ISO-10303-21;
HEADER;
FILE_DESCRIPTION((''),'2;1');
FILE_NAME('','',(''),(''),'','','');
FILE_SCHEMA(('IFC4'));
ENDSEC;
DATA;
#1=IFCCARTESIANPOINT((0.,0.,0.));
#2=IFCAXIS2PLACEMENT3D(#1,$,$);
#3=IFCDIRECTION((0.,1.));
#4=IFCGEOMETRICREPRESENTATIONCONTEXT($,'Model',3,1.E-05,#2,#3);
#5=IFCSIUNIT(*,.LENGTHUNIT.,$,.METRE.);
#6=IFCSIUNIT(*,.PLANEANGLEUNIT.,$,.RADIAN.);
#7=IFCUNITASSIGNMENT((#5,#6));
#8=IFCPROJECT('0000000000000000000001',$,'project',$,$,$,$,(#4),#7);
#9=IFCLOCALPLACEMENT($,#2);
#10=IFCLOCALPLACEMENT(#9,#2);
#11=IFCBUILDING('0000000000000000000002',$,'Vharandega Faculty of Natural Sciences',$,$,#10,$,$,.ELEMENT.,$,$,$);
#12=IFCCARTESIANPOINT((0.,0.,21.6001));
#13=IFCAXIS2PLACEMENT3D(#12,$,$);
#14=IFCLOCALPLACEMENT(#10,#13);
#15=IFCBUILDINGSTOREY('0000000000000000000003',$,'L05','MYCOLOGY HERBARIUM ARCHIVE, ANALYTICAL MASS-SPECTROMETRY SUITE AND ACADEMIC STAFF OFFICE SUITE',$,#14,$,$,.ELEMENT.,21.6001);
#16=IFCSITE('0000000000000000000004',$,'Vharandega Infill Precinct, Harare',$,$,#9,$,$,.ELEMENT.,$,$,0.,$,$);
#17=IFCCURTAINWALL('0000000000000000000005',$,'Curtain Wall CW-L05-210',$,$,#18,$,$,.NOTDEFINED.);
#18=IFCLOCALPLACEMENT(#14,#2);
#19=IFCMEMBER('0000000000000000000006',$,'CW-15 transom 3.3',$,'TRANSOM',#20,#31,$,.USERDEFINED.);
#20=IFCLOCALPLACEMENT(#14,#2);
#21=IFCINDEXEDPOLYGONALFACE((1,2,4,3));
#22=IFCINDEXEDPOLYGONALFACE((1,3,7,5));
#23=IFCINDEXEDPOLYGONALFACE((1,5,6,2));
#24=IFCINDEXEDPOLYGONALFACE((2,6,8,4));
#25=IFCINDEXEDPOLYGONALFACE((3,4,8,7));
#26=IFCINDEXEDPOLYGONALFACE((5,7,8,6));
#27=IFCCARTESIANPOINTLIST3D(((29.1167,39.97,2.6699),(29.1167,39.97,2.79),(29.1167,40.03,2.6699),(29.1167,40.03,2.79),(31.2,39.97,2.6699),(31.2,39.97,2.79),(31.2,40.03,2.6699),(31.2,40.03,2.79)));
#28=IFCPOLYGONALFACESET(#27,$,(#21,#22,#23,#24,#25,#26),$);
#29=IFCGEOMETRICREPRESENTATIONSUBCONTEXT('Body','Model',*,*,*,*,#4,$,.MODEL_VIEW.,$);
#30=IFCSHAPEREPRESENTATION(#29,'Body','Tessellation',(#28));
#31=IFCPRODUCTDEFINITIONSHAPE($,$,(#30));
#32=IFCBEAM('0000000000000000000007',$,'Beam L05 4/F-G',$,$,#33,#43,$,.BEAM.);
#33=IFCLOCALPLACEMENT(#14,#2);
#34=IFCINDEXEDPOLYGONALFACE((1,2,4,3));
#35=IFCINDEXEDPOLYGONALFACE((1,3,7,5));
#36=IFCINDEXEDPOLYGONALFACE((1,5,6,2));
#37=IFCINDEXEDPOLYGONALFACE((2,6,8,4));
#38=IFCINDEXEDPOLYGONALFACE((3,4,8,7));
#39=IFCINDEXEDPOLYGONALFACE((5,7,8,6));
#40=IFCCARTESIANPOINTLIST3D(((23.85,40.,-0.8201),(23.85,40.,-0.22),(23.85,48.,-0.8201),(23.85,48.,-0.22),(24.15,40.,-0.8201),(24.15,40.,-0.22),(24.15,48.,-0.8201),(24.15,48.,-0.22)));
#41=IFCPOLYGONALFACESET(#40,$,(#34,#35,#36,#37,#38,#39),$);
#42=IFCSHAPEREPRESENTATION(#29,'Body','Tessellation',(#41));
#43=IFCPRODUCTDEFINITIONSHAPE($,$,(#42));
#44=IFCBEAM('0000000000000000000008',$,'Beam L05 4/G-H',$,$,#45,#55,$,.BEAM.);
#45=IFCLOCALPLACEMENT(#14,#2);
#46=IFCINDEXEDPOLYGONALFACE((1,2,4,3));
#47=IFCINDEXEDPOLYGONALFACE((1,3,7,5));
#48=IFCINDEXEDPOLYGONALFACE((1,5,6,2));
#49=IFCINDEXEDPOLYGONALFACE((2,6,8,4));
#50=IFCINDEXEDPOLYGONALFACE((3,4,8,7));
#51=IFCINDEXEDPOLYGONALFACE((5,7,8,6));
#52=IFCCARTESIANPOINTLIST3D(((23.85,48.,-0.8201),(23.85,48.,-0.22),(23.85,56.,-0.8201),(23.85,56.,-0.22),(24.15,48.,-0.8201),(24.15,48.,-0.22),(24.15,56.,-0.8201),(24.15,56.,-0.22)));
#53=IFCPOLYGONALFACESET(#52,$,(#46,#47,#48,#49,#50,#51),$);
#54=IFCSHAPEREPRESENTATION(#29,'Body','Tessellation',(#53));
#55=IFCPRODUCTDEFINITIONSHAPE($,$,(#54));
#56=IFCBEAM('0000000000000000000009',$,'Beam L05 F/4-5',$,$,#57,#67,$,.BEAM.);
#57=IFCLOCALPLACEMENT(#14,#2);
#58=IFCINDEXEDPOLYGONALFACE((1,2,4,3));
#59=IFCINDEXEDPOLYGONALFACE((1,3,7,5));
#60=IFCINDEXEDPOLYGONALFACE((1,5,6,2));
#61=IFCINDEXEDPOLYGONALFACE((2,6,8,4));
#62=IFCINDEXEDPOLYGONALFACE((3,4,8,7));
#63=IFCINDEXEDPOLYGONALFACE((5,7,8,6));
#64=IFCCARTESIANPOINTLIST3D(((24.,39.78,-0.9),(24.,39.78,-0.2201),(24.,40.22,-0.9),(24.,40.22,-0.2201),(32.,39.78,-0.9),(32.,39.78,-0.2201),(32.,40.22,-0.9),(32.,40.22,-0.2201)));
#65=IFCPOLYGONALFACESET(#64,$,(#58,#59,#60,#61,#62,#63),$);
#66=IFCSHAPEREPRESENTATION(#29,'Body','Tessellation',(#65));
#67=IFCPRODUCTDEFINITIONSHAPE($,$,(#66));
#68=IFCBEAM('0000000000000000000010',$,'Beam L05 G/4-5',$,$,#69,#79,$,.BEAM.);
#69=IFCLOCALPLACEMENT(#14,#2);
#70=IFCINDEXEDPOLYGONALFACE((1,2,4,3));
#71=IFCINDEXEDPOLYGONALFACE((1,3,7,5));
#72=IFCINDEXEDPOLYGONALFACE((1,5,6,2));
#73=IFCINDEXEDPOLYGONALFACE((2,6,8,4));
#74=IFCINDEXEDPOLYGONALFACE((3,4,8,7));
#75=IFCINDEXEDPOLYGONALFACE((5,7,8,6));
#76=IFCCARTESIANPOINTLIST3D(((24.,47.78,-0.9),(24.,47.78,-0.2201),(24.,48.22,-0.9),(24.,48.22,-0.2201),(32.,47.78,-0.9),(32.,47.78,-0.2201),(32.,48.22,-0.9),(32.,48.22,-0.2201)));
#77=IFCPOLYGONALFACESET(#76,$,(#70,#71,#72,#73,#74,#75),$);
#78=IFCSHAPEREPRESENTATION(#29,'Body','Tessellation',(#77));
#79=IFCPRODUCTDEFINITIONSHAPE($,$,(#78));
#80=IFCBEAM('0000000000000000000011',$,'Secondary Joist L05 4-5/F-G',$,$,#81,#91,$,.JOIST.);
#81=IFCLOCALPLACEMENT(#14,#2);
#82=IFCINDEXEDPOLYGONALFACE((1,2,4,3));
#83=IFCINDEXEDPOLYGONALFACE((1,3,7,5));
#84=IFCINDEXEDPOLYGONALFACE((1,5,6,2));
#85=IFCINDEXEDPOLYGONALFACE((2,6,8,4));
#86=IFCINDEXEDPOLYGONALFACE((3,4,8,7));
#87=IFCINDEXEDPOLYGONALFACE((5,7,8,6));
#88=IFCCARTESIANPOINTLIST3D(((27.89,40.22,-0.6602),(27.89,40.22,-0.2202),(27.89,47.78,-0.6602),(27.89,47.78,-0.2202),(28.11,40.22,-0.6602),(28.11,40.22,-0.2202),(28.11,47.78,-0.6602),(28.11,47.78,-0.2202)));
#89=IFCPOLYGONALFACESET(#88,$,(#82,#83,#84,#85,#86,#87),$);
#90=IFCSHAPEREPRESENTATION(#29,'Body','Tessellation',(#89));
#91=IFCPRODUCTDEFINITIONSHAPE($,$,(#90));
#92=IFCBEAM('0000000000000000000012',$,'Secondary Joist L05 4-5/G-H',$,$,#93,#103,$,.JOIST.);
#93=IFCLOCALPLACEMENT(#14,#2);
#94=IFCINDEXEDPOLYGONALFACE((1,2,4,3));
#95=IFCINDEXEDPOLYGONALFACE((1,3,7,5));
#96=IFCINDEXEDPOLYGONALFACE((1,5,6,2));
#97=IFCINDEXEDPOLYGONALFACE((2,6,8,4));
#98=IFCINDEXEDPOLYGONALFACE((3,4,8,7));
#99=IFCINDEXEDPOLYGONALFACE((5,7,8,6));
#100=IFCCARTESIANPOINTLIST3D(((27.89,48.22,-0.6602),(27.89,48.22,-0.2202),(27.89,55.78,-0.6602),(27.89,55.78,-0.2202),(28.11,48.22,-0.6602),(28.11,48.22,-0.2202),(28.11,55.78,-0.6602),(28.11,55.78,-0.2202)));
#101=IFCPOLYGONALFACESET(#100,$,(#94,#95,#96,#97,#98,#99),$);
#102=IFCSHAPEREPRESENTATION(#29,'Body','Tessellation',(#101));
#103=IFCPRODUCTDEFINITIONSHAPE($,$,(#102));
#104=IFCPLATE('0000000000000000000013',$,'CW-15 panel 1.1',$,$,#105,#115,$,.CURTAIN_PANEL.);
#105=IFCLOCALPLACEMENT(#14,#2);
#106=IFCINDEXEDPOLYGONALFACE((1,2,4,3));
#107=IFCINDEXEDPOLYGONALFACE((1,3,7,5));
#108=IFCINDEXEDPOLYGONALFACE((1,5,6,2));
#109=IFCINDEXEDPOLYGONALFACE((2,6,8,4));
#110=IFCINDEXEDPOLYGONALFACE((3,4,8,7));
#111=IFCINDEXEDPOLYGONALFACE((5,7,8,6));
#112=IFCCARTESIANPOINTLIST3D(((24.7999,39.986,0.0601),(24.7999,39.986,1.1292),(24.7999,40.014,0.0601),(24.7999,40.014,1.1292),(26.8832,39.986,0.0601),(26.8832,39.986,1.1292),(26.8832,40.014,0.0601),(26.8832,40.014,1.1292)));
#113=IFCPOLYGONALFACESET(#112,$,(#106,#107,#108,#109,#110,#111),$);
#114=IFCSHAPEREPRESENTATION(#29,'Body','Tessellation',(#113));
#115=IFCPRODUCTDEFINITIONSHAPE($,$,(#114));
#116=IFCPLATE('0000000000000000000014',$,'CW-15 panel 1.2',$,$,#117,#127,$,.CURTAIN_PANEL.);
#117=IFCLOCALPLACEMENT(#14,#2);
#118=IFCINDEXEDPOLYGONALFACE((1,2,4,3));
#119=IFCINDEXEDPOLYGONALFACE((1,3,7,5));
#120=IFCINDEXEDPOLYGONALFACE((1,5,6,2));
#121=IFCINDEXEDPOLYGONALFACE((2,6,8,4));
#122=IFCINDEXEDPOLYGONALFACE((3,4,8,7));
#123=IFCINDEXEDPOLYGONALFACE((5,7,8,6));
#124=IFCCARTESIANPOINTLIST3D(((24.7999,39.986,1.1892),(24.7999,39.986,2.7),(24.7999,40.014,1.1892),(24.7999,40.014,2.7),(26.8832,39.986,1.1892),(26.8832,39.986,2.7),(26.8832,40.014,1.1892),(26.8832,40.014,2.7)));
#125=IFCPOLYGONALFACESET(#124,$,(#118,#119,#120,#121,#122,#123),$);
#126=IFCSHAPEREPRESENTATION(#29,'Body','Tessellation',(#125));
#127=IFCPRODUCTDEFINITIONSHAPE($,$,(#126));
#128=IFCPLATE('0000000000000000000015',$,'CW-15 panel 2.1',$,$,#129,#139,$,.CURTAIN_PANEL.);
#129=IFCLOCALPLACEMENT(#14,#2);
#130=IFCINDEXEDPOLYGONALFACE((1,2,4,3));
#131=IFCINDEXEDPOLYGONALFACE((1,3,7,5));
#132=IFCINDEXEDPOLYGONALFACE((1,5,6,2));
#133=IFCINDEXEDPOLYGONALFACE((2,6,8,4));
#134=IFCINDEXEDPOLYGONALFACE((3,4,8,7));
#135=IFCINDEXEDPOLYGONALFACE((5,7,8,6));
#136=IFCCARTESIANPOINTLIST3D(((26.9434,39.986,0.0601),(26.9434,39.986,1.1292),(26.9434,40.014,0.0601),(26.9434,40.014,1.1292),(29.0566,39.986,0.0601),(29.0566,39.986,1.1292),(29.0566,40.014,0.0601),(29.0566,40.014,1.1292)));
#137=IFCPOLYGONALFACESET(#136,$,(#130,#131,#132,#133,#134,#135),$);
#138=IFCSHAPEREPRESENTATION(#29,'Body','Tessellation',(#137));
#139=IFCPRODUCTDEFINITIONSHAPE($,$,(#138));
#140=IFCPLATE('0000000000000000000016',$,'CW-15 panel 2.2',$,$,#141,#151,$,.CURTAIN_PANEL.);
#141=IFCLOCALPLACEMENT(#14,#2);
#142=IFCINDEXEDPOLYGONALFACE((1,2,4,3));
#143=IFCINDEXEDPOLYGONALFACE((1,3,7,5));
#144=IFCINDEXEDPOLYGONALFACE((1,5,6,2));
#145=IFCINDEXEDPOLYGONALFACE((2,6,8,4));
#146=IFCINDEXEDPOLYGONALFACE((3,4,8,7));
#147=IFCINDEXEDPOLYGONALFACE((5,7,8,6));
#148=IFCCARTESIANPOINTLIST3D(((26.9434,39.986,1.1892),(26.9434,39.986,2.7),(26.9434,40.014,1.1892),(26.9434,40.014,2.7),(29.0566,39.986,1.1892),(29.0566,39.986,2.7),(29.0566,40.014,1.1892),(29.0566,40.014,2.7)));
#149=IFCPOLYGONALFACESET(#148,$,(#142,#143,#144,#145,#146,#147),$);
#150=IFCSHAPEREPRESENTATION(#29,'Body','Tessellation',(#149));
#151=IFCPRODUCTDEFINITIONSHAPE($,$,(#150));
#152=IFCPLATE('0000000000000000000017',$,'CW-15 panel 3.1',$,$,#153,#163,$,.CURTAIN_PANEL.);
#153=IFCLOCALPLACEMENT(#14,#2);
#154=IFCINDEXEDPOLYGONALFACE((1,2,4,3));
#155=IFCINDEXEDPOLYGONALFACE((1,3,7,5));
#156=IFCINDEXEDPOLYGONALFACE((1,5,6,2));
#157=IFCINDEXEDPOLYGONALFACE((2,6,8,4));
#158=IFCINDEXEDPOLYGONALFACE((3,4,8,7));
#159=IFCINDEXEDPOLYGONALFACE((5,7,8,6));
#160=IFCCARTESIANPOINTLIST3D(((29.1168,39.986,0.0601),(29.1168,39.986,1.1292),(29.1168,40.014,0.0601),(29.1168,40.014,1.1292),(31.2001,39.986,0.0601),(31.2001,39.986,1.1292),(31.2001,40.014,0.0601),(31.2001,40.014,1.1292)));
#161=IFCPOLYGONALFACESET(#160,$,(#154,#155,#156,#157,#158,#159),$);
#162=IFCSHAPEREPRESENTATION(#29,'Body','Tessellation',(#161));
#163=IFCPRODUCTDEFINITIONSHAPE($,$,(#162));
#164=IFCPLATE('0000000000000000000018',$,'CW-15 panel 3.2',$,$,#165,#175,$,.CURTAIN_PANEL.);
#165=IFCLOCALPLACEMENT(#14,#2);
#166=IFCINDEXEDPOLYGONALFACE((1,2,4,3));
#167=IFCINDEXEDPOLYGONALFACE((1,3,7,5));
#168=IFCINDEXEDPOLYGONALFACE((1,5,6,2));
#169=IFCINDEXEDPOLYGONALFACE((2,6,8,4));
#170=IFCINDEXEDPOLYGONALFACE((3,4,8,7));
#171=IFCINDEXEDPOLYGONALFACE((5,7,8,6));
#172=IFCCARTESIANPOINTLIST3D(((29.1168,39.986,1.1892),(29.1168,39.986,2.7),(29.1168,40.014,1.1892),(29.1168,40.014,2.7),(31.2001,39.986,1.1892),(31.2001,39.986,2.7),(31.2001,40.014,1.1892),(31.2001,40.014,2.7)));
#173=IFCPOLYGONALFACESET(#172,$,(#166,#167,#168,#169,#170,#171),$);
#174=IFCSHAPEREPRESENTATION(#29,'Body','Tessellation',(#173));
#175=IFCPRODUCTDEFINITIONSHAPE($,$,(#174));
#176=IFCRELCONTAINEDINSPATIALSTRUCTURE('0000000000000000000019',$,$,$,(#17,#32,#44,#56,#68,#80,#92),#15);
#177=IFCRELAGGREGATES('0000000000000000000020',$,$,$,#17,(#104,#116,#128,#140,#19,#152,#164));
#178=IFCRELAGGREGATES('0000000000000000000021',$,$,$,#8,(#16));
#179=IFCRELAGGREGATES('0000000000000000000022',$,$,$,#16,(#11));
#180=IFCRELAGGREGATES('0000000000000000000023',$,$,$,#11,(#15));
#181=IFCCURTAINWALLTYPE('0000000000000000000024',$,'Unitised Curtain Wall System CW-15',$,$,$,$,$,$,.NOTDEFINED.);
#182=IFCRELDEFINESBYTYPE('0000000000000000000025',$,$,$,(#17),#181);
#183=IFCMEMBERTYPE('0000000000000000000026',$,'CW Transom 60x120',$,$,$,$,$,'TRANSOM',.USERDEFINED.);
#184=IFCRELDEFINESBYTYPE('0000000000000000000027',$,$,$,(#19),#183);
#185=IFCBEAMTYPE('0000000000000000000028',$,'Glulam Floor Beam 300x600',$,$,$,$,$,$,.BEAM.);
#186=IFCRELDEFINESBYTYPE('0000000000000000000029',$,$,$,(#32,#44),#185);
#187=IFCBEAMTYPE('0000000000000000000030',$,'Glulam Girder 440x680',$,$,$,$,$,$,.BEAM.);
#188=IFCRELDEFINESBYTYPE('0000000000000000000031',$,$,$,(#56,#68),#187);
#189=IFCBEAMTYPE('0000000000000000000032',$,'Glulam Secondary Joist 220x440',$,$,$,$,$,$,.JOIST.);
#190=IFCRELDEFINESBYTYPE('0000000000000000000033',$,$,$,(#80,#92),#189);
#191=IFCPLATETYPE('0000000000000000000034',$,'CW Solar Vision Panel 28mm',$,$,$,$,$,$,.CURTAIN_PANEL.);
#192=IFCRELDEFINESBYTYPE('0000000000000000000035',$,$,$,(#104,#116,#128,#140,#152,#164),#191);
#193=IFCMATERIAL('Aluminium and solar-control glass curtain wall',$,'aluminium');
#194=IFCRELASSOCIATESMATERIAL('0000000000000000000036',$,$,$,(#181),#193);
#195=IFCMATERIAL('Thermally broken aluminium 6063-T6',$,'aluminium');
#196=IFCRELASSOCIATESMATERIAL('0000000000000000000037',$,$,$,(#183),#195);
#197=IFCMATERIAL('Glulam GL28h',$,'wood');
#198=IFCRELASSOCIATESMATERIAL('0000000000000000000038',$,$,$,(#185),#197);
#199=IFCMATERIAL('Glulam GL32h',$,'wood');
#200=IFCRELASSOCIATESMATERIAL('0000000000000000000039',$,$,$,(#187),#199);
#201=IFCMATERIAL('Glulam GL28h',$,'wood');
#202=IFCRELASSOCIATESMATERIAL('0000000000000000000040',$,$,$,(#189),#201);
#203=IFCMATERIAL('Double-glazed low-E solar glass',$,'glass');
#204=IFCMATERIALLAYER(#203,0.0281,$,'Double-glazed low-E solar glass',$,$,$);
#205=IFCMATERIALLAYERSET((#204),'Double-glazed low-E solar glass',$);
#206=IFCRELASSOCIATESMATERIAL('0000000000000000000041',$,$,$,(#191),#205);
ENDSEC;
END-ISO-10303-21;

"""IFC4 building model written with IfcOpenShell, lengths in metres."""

from ifc_helpers import new_model, si_unit, direction, frame, origin, origin_2d, place, context, subcontext, project, spatial, rectangle, extrude, material, layer, layer_set, material_profile, profile_set, type_object, element, aggregate, save


model = new_model("IFC4")

# Units and contexts
model_context = context("Model", 3, precision=1e-05, world=origin(), true_north=direction((0.0, 1.0)))
body_context = subcontext(model_context, "Body", "Model", "MODEL_VIEW")
ifc_project = project(units=[si_unit("LENGTHUNIT", "METRE"), si_unit("PLANEANGLEUNIT", "RADIAN")], contexts=[model_context])

# Site, building, storey
site_placement = place(None, origin())
site = spatial("IfcSite", under=ifc_project, at=site_placement, Name="Vharandega Infill Precinct, Harare", CompositionType="ELEMENT", RefElevation=0.0)
building_placement = place(site_placement, origin())
building = spatial("IfcBuilding", under=site, at=building_placement, Name="Vharandega Faculty of Natural Sciences", CompositionType="ELEMENT")
storey_placement = place(building_placement, frame((0.0, 0.0, 21.6001)))
storey = spatial("IfcBuildingStorey", under=building, at=storey_placement, Name="L05", Description="MYCOLOGY HERBARIUM ARCHIVE, ANALYTICAL MASS-SPECTROMETRY SUITE AND ACADEMIC STAFF OFFICE SUITE", CompositionType="ELEMENT", Elevation=21.6001)

# Curtain wall, member
ifc_material_1 = material(Name="Aluminium and solar-control glass curtain wall", Category="aluminium")
curtain_wall_type = type_object("IfcCurtainWallType", Name="Unitised Curtain Wall System CW-15", PredefinedType="NOTDEFINED", material=ifc_material_1)
curtain_wall_placement = place(storey_placement, origin())
curtain_wall = element("IfcCurtainWall", 1, at=curtain_wall_placement, inside=storey, type_object=curtain_wall_type, Name="Curtain Wall CW-L05-210", PredefinedType="NOTDEFINED")
ifc_material_2 = material(Name="Thermally broken aluminium 6063-T6", Category="aluminium")
ifc_material_profile_1 = material_profile(ifc_material_2, rectangle(XDim=0.0601, YDim=0.1201, at=origin_2d()), Name="ALU 60x120")
ifc_profile_set_1 = profile_set([ifc_material_profile_1], Name="Thermally broken aluminium 6063-T6")
member_type_1 = type_object("IfcMemberType", Name="CW Transom 60x120", ElementType="TRANSOM", PredefinedType="USERDEFINED", material=ifc_profile_set_1)
member_1_placement = place(storey_placement, frame((29.1167, 40.0, 2.73), z_axis=(1.0, 0.0, 0.0), x_axis=(0.0, 1.0, 0.0)))
member_1 = element("IfcMember", 2, at=member_1_placement, type_object=member_type_1, Name="CW-15 transom 3.3", ObjectType="TRANSOM", PredefinedType="USERDEFINED", context=body_context, shape_type="SweptSolid", body=[
    extrude(rectangle(XDim=0.0601, YDim=0.1201, at=origin_2d()), origin(), (0.0, 0.0, 1.0), 2.0833),
])

# Beams
ifc_material_3 = material(Name="Glulam GL28h", Category="wood")
ifc_material_profile_2 = material_profile(ifc_material_3, rectangle(XDim=0.3, YDim=0.6001, at=origin_2d()), Name="GL28h 300x600")
ifc_profile_set_2 = profile_set([ifc_material_profile_2], Name="Glulam GL28h")
beam_type_1 = type_object("IfcBeamType", Name="Glulam Floor Beam 300x600", PredefinedType="BEAM", material=ifc_profile_set_2)
for number, where, z_axis, x_axis, name in (
    (3, (24.0, 40.0, -0.52), (0.0, 1.0, 0.0), (-1.0, 0.0, 0.0), "Beam L05 4/F-G"),
    (4, (24.0, 48.0, -0.52), (0.0, 1.0, 0.0), (-1.0, 0.0, 0.0), "Beam L05 4/G-H"),
):
    element("IfcBeam", number, at=place(storey_placement, frame(where, z_axis=z_axis, x_axis=x_axis)), inside=storey, type_object=beam_type_1, Name=name, PredefinedType="BEAM", context=body_context, shape_type="SweptSolid", body=[
        extrude(rectangle(XDim=0.3, YDim=0.6001, at=origin_2d()), origin(), (0.0, 0.0, 1.0), 8.0),
    ])
ifc_material_4 = material(Name="Glulam GL32h", Category="wood")
ifc_material_profile_3 = material_profile(ifc_material_4, rectangle(XDim=0.4399, YDim=0.6799, at=origin_2d()), Name="GL32h 440x680")
ifc_profile_set_3 = profile_set([ifc_material_profile_3], Name="Glulam GL32h")
beam_type_2 = type_object("IfcBeamType", Name="Glulam Girder 440x680", PredefinedType="BEAM", material=ifc_profile_set_3)
for number, where, z_axis, x_axis, name in (
    (5, (24.0, 40.0, -0.5601), (1.0, 0.0, 0.0), (0.0, 1.0, 0.0), "Beam L05 F/4-5"),
    (6, (24.0, 48.0, -0.5601), (1.0, 0.0, 0.0), (0.0, 1.0, 0.0), "Beam L05 G/4-5"),
):
    element("IfcBeam", number, at=place(storey_placement, frame(where, z_axis=z_axis, x_axis=x_axis)), inside=storey, type_object=beam_type_2, Name=name, PredefinedType="BEAM", context=body_context, shape_type="SweptSolid", body=[
        extrude(rectangle(XDim=0.4399, YDim=0.6799, at=origin_2d()), origin(), (0.0, 0.0, 1.0), 8.0),
    ])
ifc_material_5 = material(Name="Glulam GL28h", Category="wood")
ifc_material_profile_4 = material_profile(ifc_material_5, rectangle(XDim=0.22, YDim=0.4399, at=origin_2d()), Name="GL28h 220x440")
ifc_profile_set_4 = profile_set([ifc_material_profile_4], Name="Glulam GL28h")
beam_type_3 = type_object("IfcBeamType", Name="Glulam Secondary Joist 220x440", PredefinedType="JOIST", material=ifc_profile_set_4)
for number, where, z_axis, x_axis, name in (
    (7, (28.0, 40.22, -0.4402), (0.0, 1.0, 0.0), (-1.0, 0.0, 0.0), "Secondary Joist L05 4-5/F-G"),
    (8, (28.0, 48.22, -0.4402), (0.0, 1.0, 0.0), (-1.0, 0.0, 0.0), "Secondary Joist L05 4-5/G-H"),
):
    element("IfcBeam", number, at=place(storey_placement, frame(where, z_axis=z_axis, x_axis=x_axis)), inside=storey, type_object=beam_type_3, Name=name, PredefinedType="JOIST", context=body_context, shape_type="SweptSolid", body=[
        extrude(rectangle(XDim=0.22, YDim=0.4399, at=origin_2d()), origin(), (0.0, 0.0, 1.0), 7.5601),
    ])

# Plates
ifc_material_6 = material(Name="Double-glazed low-E solar glass", Category="glass")
ifc_layer = layer(ifc_material_6, 0.0281, Name="Double-glazed low-E solar glass")
ifc_layer_set = layer_set([ifc_layer], Name="Double-glazed low-E solar glass")
plate_type = type_object("IfcPlateType", Name="CW Solar Vision Panel 28mm", PredefinedType="CURTAIN_PANEL", material=ifc_layer_set)
plate_1_placement = place(storey_placement, frame((25.8416, 40.0, 0.0601), z_axis=(0.0, 0.0, 1.0), x_axis=(1.0, 0.0, 0.0)))
plate_1 = element("IfcPlate", 9, at=plate_1_placement, type_object=plate_type, Name="CW-15 panel 1.1", PredefinedType="CURTAIN_PANEL", context=body_context, shape_type="SweptSolid", body=[
    extrude(rectangle(XDim=2.0833, YDim=0.0281, at=origin_2d()), origin(), (0.0, 0.0, 1.0), 1.0691),
])
plate_2_placement = place(storey_placement, frame((25.8416, 40.0, 1.1892), z_axis=(0.0, 0.0, 1.0), x_axis=(1.0, 0.0, 0.0)))
plate_2 = element("IfcPlate", 10, at=plate_2_placement, type_object=plate_type, Name="CW-15 panel 1.2", PredefinedType="CURTAIN_PANEL", context=body_context, shape_type="SweptSolid", body=[
    extrude(rectangle(XDim=2.0833, YDim=0.0281, at=origin_2d()), origin(), (0.0, 0.0, 1.0), 1.5107),
])
plate_3_placement = place(storey_placement, frame((28.0, 40.0, 0.0601), z_axis=(0.0, 0.0, 1.0), x_axis=(1.0, 0.0, 0.0)))
plate_3 = element("IfcPlate", 11, at=plate_3_placement, type_object=plate_type, Name="CW-15 panel 2.1", PredefinedType="CURTAIN_PANEL", context=body_context, shape_type="SweptSolid", body=[
    extrude(rectangle(XDim=2.1133, YDim=0.0281, at=origin_2d()), origin(), (0.0, 0.0, 1.0), 1.0691),
])
plate_4_placement = place(storey_placement, frame((28.0, 40.0, 1.1892), z_axis=(0.0, 0.0, 1.0), x_axis=(1.0, 0.0, 0.0)))
plate_4 = element("IfcPlate", 12, at=plate_4_placement, type_object=plate_type, Name="CW-15 panel 2.2", PredefinedType="CURTAIN_PANEL", context=body_context, shape_type="SweptSolid", body=[
    extrude(rectangle(XDim=2.1133, YDim=0.0281, at=origin_2d()), origin(), (0.0, 0.0, 1.0), 1.5107),
])
plate_5_placement = place(storey_placement, frame((30.1584, 40.0, 0.0601), z_axis=(0.0, 0.0, 1.0), x_axis=(1.0, 0.0, 0.0)))
plate_5 = element("IfcPlate", 13, at=plate_5_placement, type_object=plate_type, Name="CW-15 panel 3.1", PredefinedType="CURTAIN_PANEL", context=body_context, shape_type="SweptSolid", body=[
    extrude(rectangle(XDim=2.0833, YDim=0.0281, at=origin_2d()), origin(), (0.0, 0.0, 1.0), 1.0691),
])
plate_6_placement = place(storey_placement, frame((30.1584, 40.0, 1.1892), z_axis=(0.0, 0.0, 1.0), x_axis=(1.0, 0.0, 0.0)))
plate_6 = element("IfcPlate", 14, at=plate_6_placement, type_object=plate_type, Name="CW-15 panel 3.2", PredefinedType="CURTAIN_PANEL", context=body_context, shape_type="SweptSolid", body=[
    extrude(rectangle(XDim=2.0833, YDim=0.0281, at=origin_2d()), origin(), (0.0, 0.0, 1.0), 1.5107),
])
aggregate(curtain_wall, [plate_1, plate_2, plate_3, plate_4, member_1, plate_5, plate_6])

save(model, "model.ifc")
